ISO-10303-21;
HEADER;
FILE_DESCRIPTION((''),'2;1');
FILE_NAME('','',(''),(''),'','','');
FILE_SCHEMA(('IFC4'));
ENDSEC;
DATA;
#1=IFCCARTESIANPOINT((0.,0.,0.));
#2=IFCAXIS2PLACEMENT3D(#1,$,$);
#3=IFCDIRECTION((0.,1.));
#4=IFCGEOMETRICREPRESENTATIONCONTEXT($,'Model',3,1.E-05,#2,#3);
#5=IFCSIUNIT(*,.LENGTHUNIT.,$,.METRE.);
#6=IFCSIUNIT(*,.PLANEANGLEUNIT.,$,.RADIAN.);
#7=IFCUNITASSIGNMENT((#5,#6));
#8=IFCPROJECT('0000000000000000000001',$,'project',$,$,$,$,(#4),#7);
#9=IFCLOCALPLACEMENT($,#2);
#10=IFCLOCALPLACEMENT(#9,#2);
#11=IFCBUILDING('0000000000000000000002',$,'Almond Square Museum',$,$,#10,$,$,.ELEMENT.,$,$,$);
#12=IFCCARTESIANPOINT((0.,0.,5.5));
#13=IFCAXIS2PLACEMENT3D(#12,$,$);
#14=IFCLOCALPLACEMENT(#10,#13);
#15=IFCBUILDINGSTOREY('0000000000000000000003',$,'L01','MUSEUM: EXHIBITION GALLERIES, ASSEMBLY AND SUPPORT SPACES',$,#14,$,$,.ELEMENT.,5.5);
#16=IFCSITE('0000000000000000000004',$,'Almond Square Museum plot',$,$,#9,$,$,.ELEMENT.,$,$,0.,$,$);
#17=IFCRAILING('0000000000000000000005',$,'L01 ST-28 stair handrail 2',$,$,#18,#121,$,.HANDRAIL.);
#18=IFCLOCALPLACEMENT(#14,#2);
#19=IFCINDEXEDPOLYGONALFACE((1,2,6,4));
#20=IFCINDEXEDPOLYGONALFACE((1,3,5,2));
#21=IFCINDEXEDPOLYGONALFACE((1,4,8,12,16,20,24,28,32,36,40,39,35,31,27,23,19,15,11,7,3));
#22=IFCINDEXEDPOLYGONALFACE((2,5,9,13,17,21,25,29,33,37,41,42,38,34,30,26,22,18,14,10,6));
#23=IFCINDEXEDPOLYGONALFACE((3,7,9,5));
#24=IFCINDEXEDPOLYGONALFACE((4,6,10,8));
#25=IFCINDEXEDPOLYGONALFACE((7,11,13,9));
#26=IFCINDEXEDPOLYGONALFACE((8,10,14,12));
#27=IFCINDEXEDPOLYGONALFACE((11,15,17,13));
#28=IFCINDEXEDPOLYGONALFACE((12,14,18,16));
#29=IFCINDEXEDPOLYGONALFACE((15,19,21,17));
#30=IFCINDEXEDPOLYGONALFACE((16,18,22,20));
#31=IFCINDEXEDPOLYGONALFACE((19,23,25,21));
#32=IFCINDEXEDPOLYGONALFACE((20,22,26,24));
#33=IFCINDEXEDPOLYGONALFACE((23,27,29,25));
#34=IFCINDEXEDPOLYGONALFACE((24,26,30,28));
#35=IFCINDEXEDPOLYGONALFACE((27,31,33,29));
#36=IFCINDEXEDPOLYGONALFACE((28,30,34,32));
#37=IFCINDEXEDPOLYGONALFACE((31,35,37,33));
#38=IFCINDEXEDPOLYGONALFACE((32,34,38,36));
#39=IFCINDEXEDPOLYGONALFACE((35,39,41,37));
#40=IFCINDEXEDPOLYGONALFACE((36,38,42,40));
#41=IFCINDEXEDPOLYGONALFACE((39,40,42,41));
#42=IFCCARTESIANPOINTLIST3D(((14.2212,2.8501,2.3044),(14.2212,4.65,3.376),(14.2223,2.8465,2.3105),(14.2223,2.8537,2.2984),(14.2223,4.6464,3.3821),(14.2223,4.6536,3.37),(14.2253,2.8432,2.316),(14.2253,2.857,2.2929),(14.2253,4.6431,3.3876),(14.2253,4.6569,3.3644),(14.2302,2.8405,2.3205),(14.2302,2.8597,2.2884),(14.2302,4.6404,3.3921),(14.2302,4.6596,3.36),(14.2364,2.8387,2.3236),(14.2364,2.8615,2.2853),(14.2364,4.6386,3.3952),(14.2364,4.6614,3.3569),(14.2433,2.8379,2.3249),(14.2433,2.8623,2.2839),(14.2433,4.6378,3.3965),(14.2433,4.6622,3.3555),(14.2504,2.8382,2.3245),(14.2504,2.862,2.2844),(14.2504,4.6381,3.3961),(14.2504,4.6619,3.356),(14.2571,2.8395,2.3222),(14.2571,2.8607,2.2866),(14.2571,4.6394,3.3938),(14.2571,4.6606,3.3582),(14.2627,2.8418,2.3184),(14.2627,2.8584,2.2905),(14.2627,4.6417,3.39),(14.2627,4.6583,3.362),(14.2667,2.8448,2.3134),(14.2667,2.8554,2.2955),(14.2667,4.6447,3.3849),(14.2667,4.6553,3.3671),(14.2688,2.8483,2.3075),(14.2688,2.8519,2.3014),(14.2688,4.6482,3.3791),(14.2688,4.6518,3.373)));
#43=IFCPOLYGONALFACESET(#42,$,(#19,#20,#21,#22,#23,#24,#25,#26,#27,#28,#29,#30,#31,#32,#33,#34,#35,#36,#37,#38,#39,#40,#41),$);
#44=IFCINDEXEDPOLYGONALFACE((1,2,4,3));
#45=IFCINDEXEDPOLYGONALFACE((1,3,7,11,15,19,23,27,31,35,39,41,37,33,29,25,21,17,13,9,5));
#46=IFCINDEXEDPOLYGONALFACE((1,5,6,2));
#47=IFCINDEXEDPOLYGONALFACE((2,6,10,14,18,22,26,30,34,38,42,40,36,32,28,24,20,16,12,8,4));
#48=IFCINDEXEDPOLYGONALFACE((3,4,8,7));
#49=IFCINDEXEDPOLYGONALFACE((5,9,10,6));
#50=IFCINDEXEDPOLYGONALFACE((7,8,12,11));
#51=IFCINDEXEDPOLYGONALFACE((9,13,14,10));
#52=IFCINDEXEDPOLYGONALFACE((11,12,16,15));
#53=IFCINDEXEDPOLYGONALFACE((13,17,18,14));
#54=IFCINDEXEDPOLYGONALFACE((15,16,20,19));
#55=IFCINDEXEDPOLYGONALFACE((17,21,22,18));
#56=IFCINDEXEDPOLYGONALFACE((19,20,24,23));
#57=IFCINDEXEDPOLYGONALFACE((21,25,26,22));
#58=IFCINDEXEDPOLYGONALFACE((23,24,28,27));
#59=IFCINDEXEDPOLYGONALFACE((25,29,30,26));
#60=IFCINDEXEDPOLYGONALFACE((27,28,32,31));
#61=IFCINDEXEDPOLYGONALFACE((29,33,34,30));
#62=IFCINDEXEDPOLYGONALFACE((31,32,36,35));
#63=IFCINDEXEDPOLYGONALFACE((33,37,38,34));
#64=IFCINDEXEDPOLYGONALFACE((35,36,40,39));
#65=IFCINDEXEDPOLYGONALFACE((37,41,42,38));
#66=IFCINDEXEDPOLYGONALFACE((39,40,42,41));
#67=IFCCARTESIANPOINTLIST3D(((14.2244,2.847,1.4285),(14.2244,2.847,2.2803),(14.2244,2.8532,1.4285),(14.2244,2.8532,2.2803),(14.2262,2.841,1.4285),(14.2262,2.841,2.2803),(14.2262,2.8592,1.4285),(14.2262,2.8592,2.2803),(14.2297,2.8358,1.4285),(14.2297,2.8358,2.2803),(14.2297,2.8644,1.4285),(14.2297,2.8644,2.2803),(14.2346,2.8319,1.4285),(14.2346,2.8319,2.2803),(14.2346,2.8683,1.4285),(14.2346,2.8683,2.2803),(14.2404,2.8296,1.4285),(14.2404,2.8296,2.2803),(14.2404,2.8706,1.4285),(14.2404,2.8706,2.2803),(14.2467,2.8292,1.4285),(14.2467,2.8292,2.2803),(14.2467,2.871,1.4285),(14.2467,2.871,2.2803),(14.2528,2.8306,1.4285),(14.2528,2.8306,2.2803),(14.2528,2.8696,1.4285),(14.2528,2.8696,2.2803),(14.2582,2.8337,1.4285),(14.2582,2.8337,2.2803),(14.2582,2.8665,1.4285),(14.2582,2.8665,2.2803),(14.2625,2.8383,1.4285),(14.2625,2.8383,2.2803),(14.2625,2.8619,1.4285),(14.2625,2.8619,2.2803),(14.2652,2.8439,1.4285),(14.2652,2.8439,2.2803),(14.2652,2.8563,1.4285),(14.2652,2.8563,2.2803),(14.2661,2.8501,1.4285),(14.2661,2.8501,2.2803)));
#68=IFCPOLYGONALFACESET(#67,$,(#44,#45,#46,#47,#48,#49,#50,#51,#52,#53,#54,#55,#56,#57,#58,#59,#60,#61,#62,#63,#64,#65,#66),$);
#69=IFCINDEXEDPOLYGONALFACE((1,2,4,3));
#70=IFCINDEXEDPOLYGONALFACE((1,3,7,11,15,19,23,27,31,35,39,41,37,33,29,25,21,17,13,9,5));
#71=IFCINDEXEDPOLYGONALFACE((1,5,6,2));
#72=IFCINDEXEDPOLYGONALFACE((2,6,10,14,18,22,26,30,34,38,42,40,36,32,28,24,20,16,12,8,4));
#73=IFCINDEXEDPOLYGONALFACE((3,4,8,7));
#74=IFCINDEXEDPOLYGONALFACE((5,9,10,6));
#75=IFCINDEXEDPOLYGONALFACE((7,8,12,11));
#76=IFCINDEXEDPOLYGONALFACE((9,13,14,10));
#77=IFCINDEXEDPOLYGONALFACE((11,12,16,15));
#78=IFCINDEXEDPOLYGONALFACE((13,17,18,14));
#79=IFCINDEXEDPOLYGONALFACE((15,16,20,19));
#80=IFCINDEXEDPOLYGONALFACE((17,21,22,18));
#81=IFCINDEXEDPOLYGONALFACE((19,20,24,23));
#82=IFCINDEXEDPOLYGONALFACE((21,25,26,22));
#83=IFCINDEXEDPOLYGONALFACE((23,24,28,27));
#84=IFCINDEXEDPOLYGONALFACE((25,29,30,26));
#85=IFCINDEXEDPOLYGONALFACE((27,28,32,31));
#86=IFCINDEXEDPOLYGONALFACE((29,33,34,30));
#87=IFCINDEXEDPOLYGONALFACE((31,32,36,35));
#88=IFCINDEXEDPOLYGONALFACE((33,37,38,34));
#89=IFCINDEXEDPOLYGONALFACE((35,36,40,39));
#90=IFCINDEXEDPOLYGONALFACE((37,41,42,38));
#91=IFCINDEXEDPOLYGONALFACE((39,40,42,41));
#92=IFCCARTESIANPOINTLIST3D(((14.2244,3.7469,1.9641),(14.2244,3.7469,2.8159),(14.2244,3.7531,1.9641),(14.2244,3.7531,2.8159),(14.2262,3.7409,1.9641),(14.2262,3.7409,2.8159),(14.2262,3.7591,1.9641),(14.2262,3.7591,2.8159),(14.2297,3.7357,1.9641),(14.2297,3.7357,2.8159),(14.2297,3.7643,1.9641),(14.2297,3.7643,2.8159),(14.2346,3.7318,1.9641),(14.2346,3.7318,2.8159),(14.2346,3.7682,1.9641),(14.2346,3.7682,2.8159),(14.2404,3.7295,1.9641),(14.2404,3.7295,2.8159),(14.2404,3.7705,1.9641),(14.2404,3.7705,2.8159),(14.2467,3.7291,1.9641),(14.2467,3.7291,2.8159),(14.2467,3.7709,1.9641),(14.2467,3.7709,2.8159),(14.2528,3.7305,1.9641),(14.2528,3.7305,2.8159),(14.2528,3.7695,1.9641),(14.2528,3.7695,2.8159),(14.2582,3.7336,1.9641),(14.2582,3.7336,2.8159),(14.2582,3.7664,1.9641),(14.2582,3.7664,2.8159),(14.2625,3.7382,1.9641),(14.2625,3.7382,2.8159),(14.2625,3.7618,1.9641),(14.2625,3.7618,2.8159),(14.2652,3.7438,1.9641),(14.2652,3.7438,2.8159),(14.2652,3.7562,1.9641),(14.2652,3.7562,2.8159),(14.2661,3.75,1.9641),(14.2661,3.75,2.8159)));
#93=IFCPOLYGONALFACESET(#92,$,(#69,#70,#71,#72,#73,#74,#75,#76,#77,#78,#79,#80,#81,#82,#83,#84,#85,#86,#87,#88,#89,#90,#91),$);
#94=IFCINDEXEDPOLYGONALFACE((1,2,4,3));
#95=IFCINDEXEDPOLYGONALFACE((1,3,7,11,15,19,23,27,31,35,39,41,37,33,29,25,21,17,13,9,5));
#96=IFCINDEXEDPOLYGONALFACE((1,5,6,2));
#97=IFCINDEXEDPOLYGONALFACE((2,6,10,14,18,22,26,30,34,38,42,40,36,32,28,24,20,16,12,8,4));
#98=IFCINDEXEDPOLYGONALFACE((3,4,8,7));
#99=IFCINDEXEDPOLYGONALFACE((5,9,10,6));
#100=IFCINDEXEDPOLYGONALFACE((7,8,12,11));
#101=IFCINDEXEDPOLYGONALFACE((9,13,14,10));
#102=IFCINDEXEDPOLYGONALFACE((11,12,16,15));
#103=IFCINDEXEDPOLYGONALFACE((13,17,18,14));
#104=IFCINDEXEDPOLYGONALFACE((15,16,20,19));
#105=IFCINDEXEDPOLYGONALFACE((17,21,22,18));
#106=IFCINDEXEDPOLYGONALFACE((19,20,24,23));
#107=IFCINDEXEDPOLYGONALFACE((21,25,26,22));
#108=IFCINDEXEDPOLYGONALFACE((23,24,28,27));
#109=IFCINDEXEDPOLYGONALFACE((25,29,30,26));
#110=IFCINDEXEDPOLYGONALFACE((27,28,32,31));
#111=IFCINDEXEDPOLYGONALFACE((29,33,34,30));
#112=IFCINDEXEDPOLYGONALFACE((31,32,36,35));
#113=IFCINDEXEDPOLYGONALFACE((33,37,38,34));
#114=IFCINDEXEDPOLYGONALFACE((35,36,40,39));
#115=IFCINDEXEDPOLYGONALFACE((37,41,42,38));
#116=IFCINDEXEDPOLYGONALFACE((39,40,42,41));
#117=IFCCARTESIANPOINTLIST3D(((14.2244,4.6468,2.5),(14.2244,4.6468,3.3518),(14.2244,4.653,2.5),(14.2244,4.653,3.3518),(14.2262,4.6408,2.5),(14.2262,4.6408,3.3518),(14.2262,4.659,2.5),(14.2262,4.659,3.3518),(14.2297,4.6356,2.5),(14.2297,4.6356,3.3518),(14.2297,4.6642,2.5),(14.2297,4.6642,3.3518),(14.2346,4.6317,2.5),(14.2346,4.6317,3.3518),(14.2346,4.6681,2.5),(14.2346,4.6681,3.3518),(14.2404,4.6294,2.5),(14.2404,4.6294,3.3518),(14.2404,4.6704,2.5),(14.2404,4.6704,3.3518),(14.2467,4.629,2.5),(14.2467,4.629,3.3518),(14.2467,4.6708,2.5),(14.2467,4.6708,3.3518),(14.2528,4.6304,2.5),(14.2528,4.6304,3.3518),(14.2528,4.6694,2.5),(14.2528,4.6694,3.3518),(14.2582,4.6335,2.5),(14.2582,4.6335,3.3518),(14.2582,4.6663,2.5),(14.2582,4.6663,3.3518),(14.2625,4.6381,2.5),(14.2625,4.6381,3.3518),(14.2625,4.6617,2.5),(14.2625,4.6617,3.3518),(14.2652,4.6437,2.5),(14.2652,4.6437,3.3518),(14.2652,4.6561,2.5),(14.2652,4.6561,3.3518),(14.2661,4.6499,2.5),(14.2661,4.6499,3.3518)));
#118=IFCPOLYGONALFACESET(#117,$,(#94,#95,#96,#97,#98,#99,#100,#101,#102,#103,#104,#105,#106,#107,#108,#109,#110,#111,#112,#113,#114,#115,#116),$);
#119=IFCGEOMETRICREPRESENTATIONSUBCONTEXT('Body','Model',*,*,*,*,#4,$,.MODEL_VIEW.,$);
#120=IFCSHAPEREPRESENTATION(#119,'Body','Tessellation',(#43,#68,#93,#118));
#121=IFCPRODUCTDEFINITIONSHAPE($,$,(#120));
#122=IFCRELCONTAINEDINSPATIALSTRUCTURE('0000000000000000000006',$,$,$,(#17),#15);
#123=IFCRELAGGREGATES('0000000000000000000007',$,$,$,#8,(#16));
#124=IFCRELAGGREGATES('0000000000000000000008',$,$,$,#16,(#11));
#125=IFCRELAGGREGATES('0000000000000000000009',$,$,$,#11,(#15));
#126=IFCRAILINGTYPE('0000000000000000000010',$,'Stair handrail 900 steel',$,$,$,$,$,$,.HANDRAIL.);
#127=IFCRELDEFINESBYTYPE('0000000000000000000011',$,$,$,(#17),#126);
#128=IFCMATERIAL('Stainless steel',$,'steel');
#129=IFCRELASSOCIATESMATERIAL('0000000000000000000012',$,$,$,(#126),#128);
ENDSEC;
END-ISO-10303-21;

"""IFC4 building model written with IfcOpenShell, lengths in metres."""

from ifc_helpers import new_model, si_unit, direction, frame, origin, origin_2d, place, context, subcontext, project, spatial, circle, extrude, material, type_object, element, save


model = new_model("IFC4")

# Units and contexts
model_context = context("Model", 3, precision=1e-05, world=origin(), true_north=direction((0.0, 1.0)))
body_context = subcontext(model_context, "Body", "Model", "MODEL_VIEW")
ifc_project = project(units=[si_unit("LENGTHUNIT", "METRE"), si_unit("PLANEANGLEUNIT", "RADIAN")], contexts=[model_context])

# Site, building, storey
site_placement = place(None, origin())
site = spatial("IfcSite", under=ifc_project, at=site_placement, Name="Almond Square Museum plot", CompositionType="ELEMENT", RefElevation=0.0)
building_placement = place(site_placement, origin())
building = spatial("IfcBuilding", under=site, at=building_placement, Name="Almond Square Museum", CompositionType="ELEMENT")
storey_placement = place(building_placement, frame((0.0, 0.0, 5.5)))
storey = spatial("IfcBuildingStorey", under=building, at=storey_placement, Name="L01", Description="MUSEUM: EXHIBITION GALLERIES, ASSEMBLY AND SUPPORT SPACES", CompositionType="ELEMENT", Elevation=5.5)

# Railing
ifc_material_1 = material(Name="Stainless steel", Category="steel")
railing_type_1 = type_object("IfcRailingType", Name="Stair handrail 900 steel", PredefinedType="HANDRAIL", material=ifc_material_1)
railing_1_placement = place(storey_placement, frame((14.2451, 2.8501, 1.4285)))
element("IfcRailing", 1, at=railing_1_placement, inside=storey, type_object=railing_type_1, Name="L01 ST-28 stair handrail 2", PredefinedType="HANDRAIL", context=body_context, shape_type="SweptSolid", body=[
    extrude(circle(Radius=0.0239, at=origin_2d()), frame((0.0, 0.0, 0.876), z_axis=(0.0, 0.859247, 0.511562), x_axis=(-1.0, 0.0, 0.0)), (0.0, 0.0, 1.0), 2.0947),
    extrude(circle(Radius=0.021, at=origin_2d()), origin(), (0.0, 0.0, 1.0), 0.8518),
    extrude(circle(Radius=0.021, at=origin_2d()), frame((0.0, 0.8999, 0.5356)), (0.0, 0.0, 1.0), 0.8518),
    extrude(circle(Radius=0.021, at=origin_2d()), frame((0.0, 1.7998, 1.0715)), (0.0, 0.0, 1.0), 0.8518),
])

save(model, "model.ifc")
